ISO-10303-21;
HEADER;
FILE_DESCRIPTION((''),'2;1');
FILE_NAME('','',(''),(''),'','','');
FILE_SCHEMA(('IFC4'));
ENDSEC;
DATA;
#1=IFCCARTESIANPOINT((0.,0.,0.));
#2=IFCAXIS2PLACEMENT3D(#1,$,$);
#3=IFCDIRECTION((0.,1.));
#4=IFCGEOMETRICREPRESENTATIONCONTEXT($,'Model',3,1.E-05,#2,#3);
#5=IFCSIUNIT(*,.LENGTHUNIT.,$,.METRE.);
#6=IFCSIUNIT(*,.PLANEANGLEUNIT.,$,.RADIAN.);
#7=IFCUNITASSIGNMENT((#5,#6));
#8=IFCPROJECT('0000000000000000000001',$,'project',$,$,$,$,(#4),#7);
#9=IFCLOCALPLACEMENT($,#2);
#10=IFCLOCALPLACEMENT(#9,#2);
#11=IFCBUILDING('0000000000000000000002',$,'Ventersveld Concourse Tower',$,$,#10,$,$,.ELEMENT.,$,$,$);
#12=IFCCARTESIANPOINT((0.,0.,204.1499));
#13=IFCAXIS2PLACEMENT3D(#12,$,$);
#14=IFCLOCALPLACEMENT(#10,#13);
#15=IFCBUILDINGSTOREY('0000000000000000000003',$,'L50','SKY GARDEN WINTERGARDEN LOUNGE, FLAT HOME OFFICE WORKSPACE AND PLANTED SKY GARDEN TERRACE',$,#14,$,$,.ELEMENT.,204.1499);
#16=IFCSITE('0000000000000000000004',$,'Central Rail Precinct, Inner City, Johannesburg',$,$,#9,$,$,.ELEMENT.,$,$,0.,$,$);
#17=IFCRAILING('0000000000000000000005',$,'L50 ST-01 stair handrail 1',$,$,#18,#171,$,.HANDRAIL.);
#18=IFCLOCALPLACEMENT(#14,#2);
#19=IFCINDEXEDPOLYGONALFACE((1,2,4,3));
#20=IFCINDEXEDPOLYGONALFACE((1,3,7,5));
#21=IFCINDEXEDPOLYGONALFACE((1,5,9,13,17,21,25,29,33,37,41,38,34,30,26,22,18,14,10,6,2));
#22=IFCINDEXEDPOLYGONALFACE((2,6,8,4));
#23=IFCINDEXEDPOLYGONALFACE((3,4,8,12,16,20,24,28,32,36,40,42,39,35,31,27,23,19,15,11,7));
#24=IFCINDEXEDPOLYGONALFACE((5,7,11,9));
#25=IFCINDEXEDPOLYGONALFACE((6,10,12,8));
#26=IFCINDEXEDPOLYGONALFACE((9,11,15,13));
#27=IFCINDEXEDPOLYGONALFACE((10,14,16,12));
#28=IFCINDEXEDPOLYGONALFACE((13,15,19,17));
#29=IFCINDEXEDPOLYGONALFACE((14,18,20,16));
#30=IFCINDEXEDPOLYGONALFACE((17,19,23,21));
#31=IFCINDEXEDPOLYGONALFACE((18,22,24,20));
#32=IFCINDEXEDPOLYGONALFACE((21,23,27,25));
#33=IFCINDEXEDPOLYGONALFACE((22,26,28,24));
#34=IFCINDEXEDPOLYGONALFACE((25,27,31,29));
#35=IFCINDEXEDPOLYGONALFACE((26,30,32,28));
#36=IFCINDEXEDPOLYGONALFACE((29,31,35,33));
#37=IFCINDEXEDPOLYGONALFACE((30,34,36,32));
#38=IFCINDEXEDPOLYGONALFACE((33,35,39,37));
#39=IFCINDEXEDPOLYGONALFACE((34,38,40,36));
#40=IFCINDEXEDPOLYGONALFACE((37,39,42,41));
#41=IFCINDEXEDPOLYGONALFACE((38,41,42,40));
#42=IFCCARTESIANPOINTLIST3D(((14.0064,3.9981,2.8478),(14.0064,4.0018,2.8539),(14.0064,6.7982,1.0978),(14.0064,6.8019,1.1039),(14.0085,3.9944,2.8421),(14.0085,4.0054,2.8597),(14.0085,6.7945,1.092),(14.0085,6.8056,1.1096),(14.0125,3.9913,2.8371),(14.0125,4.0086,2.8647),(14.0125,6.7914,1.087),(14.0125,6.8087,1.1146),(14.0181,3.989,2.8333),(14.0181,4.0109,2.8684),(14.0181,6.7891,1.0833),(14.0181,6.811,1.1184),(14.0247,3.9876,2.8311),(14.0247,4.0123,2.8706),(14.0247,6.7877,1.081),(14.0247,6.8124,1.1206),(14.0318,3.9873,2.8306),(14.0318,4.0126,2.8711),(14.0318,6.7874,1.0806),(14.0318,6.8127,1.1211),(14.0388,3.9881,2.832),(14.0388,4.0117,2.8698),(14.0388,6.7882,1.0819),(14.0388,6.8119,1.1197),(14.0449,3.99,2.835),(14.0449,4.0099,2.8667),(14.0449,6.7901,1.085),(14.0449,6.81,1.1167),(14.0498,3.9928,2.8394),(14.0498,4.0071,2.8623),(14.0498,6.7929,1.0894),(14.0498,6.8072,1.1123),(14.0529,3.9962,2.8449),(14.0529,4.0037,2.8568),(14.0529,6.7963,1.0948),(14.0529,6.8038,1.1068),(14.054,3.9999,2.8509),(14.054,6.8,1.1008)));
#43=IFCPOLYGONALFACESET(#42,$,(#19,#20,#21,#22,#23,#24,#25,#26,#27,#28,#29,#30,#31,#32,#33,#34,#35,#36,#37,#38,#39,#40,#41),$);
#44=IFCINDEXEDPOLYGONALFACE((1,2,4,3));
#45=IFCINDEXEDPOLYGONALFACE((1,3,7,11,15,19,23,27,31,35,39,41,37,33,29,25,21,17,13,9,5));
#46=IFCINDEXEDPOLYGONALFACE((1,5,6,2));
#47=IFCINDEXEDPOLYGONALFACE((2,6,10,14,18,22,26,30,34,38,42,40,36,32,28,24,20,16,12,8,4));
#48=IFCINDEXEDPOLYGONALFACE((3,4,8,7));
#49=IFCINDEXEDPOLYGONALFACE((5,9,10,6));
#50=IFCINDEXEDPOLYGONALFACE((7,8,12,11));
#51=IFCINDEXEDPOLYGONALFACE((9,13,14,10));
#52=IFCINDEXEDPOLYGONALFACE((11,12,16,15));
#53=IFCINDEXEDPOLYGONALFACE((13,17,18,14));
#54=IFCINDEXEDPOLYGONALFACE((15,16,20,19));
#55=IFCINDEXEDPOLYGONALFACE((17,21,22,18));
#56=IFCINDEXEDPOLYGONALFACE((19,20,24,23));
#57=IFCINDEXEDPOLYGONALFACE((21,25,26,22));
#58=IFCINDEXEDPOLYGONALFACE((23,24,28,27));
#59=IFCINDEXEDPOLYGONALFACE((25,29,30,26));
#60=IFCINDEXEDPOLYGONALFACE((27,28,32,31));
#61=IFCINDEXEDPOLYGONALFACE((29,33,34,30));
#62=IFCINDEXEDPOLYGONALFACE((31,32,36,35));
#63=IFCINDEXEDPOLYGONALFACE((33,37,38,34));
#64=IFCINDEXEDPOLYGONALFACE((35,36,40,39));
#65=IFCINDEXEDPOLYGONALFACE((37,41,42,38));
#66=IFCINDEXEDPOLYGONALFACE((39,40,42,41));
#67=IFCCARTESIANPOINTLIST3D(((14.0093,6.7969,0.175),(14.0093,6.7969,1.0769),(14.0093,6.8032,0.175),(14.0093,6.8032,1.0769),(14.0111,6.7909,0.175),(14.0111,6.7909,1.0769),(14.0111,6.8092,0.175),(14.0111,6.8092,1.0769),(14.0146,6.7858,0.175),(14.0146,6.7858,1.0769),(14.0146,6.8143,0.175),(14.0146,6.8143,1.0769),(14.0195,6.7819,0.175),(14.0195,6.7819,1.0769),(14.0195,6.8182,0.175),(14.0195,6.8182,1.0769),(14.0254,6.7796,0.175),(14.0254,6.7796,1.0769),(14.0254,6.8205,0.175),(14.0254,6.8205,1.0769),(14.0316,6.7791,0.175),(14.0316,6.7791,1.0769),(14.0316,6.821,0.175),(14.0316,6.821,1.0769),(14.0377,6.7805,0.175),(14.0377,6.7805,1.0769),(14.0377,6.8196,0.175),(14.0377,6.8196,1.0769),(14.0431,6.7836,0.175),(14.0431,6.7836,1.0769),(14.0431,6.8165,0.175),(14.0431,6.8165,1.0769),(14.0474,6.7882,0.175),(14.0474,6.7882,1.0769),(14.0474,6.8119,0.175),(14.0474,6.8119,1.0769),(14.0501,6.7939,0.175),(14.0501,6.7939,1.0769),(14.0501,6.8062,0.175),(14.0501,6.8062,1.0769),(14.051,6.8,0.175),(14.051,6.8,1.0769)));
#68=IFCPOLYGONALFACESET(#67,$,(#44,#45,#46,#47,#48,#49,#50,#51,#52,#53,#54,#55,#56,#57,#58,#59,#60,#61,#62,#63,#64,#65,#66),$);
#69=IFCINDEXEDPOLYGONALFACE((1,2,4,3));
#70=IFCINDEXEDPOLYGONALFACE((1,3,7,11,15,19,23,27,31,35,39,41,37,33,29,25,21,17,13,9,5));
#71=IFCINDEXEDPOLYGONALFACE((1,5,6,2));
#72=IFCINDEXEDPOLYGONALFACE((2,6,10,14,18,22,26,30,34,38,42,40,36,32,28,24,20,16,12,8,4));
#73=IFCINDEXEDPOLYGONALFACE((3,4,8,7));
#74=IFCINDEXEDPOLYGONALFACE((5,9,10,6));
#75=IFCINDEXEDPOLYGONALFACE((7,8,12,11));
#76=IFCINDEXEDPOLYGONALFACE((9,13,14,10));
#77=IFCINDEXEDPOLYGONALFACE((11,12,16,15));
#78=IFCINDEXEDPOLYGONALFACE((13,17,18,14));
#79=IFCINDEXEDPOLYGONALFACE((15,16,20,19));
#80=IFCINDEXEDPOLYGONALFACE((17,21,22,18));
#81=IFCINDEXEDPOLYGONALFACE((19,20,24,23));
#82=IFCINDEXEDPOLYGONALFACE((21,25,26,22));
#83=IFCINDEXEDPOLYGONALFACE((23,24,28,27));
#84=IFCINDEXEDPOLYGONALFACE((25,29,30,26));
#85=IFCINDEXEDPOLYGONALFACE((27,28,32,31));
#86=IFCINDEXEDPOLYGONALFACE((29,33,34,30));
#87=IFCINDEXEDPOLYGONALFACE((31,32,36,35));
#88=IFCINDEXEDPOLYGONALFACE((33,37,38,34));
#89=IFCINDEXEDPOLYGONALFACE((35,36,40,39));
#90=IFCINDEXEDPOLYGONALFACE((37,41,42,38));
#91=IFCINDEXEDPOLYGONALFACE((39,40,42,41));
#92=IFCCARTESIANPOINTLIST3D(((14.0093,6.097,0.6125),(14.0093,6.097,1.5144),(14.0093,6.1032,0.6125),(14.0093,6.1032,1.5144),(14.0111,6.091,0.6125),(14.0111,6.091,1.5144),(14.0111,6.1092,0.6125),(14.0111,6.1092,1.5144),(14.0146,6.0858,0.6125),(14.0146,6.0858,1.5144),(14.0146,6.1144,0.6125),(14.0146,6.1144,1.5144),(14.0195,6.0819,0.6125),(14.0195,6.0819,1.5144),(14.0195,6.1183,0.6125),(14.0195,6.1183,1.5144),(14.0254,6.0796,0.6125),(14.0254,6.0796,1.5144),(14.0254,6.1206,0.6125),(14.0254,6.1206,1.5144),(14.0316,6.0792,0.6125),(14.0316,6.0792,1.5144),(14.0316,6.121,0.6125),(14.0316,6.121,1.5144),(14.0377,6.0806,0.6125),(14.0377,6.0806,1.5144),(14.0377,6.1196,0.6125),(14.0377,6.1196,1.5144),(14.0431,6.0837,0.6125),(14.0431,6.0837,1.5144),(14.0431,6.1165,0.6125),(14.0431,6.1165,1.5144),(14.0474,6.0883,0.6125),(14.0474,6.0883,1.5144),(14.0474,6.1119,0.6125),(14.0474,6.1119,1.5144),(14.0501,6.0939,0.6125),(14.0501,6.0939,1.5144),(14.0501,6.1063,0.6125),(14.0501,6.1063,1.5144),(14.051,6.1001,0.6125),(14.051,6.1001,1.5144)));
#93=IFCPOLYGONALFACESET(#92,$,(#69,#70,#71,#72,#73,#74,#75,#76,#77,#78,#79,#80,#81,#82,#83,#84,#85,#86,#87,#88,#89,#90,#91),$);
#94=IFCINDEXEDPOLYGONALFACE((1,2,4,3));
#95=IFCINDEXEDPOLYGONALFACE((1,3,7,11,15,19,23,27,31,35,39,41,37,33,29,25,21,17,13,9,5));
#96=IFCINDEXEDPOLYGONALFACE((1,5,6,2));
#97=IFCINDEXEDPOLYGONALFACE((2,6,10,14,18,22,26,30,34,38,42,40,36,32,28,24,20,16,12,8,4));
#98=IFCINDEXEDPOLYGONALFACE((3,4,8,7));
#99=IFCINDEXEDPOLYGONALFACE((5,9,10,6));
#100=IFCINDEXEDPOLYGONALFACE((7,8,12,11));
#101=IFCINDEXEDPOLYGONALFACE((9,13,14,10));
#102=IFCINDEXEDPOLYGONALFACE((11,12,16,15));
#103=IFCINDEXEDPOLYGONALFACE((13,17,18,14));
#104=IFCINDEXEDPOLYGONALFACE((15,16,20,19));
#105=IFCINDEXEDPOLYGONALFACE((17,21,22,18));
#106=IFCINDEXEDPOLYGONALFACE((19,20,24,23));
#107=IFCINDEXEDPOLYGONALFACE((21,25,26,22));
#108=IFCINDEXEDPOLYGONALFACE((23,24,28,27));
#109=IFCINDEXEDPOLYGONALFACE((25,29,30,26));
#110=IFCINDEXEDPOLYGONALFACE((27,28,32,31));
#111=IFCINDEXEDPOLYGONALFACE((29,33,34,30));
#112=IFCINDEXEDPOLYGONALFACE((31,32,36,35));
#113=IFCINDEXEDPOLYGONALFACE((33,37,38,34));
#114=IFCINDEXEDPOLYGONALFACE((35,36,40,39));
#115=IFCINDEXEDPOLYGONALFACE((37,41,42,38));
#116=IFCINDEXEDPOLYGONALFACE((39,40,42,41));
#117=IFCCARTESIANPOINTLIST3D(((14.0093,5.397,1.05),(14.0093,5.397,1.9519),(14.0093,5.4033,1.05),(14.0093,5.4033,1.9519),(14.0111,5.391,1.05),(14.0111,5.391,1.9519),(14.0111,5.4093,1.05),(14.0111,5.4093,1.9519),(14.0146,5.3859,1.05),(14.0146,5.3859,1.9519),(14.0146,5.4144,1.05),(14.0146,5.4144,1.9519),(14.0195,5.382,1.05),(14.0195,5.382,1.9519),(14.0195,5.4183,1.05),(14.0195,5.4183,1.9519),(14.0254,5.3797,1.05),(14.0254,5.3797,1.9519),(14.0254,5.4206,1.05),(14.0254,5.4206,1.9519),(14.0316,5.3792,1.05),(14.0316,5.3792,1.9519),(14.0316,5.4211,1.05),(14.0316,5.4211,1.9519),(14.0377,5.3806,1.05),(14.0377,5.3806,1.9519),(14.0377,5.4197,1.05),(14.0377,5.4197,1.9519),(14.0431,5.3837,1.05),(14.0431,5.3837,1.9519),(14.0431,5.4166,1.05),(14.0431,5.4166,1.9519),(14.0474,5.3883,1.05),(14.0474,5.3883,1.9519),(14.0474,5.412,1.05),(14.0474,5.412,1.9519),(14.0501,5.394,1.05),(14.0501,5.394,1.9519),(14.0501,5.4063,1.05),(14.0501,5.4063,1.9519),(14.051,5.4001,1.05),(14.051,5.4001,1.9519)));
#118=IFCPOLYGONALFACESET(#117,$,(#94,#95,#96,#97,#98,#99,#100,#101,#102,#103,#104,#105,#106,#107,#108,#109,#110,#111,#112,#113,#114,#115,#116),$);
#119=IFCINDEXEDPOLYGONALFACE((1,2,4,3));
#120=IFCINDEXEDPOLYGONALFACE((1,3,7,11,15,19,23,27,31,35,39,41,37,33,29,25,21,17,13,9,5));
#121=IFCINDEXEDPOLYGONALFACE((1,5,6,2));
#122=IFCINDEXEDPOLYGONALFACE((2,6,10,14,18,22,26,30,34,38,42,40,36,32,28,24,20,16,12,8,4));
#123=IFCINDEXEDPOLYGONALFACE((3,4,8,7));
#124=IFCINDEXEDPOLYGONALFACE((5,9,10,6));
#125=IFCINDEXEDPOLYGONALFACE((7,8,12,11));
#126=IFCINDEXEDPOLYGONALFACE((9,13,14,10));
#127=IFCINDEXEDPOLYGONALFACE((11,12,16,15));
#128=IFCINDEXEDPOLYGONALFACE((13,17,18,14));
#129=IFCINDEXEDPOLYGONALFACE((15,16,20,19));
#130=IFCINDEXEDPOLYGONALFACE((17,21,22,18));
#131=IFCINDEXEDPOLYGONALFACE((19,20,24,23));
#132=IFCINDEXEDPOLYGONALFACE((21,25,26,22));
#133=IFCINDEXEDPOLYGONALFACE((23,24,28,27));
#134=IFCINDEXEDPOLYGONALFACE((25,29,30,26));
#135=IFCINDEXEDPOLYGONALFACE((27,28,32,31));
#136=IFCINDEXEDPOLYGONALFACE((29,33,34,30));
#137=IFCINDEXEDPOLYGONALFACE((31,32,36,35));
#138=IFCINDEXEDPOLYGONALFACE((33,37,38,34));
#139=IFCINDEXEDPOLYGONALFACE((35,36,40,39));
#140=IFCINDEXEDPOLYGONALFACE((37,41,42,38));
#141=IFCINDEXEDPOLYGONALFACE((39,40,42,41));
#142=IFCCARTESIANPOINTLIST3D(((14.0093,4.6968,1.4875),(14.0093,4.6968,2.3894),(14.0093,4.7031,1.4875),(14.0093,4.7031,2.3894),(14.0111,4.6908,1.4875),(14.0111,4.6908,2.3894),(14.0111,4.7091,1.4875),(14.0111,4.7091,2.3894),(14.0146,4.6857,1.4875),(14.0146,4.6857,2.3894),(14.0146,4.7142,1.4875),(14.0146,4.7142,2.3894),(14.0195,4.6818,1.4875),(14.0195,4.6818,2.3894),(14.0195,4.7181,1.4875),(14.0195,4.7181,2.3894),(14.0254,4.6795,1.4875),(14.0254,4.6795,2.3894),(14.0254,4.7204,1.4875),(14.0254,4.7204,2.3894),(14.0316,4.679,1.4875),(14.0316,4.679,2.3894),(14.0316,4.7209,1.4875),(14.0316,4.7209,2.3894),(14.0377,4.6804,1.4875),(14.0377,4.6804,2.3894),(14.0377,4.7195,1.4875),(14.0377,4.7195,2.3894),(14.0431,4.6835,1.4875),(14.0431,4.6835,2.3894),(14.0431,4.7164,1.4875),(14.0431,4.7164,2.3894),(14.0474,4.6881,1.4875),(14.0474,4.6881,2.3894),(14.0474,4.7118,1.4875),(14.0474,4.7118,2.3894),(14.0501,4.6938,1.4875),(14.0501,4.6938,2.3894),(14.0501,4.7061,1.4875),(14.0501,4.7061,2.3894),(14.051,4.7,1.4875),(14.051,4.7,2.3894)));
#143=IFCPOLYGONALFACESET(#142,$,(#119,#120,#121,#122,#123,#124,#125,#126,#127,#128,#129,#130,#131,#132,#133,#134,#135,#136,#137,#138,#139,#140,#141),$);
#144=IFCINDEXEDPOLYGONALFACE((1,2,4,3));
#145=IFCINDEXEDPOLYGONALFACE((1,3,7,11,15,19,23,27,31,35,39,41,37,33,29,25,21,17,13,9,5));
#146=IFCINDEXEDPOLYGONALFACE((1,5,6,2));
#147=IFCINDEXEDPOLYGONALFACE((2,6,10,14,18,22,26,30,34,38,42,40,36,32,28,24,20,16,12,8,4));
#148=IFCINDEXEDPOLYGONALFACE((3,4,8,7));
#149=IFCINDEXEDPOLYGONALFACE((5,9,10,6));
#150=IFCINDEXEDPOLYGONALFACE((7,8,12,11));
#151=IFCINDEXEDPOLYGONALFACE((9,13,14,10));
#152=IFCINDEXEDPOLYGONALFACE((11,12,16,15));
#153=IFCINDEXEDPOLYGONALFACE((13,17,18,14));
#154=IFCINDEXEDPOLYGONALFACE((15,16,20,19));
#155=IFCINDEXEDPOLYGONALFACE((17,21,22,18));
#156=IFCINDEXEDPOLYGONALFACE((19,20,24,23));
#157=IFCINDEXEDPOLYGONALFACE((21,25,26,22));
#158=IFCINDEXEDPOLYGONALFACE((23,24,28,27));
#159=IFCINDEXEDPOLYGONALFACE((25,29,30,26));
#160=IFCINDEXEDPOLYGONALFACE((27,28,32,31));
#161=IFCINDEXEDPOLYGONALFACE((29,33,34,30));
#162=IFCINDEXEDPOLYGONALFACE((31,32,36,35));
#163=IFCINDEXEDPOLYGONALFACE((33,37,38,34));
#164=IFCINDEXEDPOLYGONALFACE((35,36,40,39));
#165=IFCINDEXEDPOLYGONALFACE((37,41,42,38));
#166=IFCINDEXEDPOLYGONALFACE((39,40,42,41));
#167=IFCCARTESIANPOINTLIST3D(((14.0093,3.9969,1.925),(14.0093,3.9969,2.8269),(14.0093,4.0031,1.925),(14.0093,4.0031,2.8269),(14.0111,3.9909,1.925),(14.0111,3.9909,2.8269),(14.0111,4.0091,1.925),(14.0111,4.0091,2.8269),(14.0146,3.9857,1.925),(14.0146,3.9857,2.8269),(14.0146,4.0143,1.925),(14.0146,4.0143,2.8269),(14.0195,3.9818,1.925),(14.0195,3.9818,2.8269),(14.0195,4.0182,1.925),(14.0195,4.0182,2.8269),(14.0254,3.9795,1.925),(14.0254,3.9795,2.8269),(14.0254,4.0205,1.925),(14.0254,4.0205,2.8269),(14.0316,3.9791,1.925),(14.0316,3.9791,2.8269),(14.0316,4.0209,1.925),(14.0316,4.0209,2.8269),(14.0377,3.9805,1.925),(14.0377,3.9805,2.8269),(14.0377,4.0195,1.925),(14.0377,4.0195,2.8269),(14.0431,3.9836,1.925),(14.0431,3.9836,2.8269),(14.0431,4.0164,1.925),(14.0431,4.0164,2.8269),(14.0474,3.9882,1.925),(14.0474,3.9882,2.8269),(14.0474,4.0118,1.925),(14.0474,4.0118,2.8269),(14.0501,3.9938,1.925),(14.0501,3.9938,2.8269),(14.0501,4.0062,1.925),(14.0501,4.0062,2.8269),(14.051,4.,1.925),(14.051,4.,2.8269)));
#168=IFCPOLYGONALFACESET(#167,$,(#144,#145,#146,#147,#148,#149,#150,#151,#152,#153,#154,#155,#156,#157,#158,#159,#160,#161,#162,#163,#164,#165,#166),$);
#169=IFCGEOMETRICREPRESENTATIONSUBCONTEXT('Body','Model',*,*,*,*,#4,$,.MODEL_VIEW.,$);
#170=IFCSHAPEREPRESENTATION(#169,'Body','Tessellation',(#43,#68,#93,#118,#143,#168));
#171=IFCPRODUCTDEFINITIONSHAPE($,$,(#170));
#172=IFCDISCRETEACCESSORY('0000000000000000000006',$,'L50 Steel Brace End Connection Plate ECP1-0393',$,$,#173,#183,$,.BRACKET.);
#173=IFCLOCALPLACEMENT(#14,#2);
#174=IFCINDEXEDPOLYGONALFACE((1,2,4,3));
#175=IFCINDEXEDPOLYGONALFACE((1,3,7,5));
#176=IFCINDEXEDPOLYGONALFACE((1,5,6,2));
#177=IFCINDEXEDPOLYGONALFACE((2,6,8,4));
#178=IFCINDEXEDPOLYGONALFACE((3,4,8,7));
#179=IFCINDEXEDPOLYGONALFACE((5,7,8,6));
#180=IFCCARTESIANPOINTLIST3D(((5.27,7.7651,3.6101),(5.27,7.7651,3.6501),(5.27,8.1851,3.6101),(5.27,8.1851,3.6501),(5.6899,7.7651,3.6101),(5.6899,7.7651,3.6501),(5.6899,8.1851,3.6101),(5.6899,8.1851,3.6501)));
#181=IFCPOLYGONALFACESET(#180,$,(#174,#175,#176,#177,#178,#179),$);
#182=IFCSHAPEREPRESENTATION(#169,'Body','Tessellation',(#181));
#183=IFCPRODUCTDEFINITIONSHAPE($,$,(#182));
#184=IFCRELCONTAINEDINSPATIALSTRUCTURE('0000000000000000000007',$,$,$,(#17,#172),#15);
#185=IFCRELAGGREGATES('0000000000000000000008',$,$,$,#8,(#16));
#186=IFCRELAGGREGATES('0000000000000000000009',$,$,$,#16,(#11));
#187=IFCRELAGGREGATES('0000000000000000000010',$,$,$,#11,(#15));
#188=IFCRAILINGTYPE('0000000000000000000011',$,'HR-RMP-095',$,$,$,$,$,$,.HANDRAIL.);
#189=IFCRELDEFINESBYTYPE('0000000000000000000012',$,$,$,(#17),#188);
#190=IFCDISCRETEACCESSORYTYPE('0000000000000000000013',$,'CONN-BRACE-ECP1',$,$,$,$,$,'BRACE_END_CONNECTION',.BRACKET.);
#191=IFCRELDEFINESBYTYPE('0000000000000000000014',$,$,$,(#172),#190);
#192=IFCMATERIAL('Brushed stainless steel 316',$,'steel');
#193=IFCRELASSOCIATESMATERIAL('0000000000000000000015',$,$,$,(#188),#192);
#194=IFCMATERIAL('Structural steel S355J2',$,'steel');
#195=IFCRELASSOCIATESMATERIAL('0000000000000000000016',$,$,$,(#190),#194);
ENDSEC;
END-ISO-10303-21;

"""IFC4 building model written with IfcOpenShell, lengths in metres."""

from ifc_helpers import new_model, si_unit, direction, frame, origin, origin_2d, place, context, subcontext, project, spatial, rectangle, circle, extrude, material, type_object, element, save


model = new_model("IFC4")

# Units and contexts
model_context = context("Model", 3, precision=1e-05, world=origin(), true_north=direction((0.0, 1.0)))
body_context = subcontext(model_context, "Body", "Model", "MODEL_VIEW")
ifc_project = project(units=[si_unit("LENGTHUNIT", "METRE"), si_unit("PLANEANGLEUNIT", "RADIAN")], contexts=[model_context])

# Site, building, storey
site_placement = place(None, origin())
site = spatial("IfcSite", under=ifc_project, at=site_placement, Name="Central Rail Precinct, Inner City, Johannesburg", CompositionType="ELEMENT", RefElevation=0.0)
building_placement = place(site_placement, origin())
building = spatial("IfcBuilding", under=site, at=building_placement, Name="Ventersveld Concourse Tower", CompositionType="ELEMENT")
storey_placement = place(building_placement, frame((0.0, 0.0, 204.1499)))
storey = spatial("IfcBuildingStorey", under=building, at=storey_placement, Name="L50", Description="SKY GARDEN WINTERGARDEN LOUNGE, FLAT HOME OFFICE WORKSPACE AND PLANTED SKY GARDEN TERRACE", CompositionType="ELEMENT", Elevation=204.1499)

# Shared definitions
ifc_material_1 = material(Name="Structural steel S355J2", Category="steel")

# Railing
ifc_material_2 = material(Name="Brushed stainless steel 316", Category="steel")
railing_type_1 = type_object("IfcRailingType", Name="HR-RMP-095", PredefinedType="HANDRAIL", material=ifc_material_2)
railing_1_placement = place(storey_placement, frame((14.03, 6.8, 0.175)))
element("IfcRailing", 1, at=railing_1_placement, inside=storey, type_object=railing_type_1, Name="L50 ST-01 stair handrail 1", PredefinedType="HANDRAIL", context=body_context, shape_type="SweptSolid", body=[
    extrude(circle(Radius=0.0239, at=origin_2d()), frame((0.0, 0.0, 0.9258), z_axis=(0.0, -0.848002, 0.529992), x_axis=(1.0, 0.0, 0.0)), (0.0, 0.0, 1.0), 3.302),
    extrude(circle(Radius=0.021, at=origin_2d()), origin(), (0.0, 0.0, 1.0), 0.9019),
    extrude(circle(Radius=0.021, at=origin_2d()), frame((0.0, -0.7, 0.4375)), (0.0, 0.0, 1.0), 0.9019),
    extrude(circle(Radius=0.021, at=origin_2d()), frame((0.0, -1.3999, 0.875)), (0.0, 0.0, 1.0), 0.9019),
    extrude(circle(Radius=0.021, at=origin_2d()), frame((0.0, -2.1001, 1.3125)), (0.0, 0.0, 1.0), 0.9019),
    extrude(circle(Radius=0.021, at=origin_2d()), frame((0.0, -2.8, 1.75)), (0.0, 0.0, 1.0), 0.9019),
])

# Discrete accessory
discrete_accessory_type = type_object("IfcDiscreteAccessoryType", Name="CONN-BRACE-ECP1", ElementType="BRACE_END_CONNECTION", PredefinedType="BRACKET", material=ifc_material_1)
discrete_accessory_placement = place(storey_placement, frame((5.48, 7.9751, 3.6101), z_axis=(0.0, 0.0, 1.0), x_axis=(1.0, 0.0, 0.0)))
element("IfcDiscreteAccessory", 2, at=discrete_accessory_placement, inside=storey, type_object=discrete_accessory_type, Name="L50 Steel Brace End Connection Plate ECP1-0393", PredefinedType="BRACKET", context=body_context, shape_type="SweptSolid", body=[
    extrude(rectangle(XDim=0.4199, YDim=0.4199, at=origin_2d()), origin(), (0.0, 0.0, 1.0), 0.04),
])

save(model, "model.ifc")
